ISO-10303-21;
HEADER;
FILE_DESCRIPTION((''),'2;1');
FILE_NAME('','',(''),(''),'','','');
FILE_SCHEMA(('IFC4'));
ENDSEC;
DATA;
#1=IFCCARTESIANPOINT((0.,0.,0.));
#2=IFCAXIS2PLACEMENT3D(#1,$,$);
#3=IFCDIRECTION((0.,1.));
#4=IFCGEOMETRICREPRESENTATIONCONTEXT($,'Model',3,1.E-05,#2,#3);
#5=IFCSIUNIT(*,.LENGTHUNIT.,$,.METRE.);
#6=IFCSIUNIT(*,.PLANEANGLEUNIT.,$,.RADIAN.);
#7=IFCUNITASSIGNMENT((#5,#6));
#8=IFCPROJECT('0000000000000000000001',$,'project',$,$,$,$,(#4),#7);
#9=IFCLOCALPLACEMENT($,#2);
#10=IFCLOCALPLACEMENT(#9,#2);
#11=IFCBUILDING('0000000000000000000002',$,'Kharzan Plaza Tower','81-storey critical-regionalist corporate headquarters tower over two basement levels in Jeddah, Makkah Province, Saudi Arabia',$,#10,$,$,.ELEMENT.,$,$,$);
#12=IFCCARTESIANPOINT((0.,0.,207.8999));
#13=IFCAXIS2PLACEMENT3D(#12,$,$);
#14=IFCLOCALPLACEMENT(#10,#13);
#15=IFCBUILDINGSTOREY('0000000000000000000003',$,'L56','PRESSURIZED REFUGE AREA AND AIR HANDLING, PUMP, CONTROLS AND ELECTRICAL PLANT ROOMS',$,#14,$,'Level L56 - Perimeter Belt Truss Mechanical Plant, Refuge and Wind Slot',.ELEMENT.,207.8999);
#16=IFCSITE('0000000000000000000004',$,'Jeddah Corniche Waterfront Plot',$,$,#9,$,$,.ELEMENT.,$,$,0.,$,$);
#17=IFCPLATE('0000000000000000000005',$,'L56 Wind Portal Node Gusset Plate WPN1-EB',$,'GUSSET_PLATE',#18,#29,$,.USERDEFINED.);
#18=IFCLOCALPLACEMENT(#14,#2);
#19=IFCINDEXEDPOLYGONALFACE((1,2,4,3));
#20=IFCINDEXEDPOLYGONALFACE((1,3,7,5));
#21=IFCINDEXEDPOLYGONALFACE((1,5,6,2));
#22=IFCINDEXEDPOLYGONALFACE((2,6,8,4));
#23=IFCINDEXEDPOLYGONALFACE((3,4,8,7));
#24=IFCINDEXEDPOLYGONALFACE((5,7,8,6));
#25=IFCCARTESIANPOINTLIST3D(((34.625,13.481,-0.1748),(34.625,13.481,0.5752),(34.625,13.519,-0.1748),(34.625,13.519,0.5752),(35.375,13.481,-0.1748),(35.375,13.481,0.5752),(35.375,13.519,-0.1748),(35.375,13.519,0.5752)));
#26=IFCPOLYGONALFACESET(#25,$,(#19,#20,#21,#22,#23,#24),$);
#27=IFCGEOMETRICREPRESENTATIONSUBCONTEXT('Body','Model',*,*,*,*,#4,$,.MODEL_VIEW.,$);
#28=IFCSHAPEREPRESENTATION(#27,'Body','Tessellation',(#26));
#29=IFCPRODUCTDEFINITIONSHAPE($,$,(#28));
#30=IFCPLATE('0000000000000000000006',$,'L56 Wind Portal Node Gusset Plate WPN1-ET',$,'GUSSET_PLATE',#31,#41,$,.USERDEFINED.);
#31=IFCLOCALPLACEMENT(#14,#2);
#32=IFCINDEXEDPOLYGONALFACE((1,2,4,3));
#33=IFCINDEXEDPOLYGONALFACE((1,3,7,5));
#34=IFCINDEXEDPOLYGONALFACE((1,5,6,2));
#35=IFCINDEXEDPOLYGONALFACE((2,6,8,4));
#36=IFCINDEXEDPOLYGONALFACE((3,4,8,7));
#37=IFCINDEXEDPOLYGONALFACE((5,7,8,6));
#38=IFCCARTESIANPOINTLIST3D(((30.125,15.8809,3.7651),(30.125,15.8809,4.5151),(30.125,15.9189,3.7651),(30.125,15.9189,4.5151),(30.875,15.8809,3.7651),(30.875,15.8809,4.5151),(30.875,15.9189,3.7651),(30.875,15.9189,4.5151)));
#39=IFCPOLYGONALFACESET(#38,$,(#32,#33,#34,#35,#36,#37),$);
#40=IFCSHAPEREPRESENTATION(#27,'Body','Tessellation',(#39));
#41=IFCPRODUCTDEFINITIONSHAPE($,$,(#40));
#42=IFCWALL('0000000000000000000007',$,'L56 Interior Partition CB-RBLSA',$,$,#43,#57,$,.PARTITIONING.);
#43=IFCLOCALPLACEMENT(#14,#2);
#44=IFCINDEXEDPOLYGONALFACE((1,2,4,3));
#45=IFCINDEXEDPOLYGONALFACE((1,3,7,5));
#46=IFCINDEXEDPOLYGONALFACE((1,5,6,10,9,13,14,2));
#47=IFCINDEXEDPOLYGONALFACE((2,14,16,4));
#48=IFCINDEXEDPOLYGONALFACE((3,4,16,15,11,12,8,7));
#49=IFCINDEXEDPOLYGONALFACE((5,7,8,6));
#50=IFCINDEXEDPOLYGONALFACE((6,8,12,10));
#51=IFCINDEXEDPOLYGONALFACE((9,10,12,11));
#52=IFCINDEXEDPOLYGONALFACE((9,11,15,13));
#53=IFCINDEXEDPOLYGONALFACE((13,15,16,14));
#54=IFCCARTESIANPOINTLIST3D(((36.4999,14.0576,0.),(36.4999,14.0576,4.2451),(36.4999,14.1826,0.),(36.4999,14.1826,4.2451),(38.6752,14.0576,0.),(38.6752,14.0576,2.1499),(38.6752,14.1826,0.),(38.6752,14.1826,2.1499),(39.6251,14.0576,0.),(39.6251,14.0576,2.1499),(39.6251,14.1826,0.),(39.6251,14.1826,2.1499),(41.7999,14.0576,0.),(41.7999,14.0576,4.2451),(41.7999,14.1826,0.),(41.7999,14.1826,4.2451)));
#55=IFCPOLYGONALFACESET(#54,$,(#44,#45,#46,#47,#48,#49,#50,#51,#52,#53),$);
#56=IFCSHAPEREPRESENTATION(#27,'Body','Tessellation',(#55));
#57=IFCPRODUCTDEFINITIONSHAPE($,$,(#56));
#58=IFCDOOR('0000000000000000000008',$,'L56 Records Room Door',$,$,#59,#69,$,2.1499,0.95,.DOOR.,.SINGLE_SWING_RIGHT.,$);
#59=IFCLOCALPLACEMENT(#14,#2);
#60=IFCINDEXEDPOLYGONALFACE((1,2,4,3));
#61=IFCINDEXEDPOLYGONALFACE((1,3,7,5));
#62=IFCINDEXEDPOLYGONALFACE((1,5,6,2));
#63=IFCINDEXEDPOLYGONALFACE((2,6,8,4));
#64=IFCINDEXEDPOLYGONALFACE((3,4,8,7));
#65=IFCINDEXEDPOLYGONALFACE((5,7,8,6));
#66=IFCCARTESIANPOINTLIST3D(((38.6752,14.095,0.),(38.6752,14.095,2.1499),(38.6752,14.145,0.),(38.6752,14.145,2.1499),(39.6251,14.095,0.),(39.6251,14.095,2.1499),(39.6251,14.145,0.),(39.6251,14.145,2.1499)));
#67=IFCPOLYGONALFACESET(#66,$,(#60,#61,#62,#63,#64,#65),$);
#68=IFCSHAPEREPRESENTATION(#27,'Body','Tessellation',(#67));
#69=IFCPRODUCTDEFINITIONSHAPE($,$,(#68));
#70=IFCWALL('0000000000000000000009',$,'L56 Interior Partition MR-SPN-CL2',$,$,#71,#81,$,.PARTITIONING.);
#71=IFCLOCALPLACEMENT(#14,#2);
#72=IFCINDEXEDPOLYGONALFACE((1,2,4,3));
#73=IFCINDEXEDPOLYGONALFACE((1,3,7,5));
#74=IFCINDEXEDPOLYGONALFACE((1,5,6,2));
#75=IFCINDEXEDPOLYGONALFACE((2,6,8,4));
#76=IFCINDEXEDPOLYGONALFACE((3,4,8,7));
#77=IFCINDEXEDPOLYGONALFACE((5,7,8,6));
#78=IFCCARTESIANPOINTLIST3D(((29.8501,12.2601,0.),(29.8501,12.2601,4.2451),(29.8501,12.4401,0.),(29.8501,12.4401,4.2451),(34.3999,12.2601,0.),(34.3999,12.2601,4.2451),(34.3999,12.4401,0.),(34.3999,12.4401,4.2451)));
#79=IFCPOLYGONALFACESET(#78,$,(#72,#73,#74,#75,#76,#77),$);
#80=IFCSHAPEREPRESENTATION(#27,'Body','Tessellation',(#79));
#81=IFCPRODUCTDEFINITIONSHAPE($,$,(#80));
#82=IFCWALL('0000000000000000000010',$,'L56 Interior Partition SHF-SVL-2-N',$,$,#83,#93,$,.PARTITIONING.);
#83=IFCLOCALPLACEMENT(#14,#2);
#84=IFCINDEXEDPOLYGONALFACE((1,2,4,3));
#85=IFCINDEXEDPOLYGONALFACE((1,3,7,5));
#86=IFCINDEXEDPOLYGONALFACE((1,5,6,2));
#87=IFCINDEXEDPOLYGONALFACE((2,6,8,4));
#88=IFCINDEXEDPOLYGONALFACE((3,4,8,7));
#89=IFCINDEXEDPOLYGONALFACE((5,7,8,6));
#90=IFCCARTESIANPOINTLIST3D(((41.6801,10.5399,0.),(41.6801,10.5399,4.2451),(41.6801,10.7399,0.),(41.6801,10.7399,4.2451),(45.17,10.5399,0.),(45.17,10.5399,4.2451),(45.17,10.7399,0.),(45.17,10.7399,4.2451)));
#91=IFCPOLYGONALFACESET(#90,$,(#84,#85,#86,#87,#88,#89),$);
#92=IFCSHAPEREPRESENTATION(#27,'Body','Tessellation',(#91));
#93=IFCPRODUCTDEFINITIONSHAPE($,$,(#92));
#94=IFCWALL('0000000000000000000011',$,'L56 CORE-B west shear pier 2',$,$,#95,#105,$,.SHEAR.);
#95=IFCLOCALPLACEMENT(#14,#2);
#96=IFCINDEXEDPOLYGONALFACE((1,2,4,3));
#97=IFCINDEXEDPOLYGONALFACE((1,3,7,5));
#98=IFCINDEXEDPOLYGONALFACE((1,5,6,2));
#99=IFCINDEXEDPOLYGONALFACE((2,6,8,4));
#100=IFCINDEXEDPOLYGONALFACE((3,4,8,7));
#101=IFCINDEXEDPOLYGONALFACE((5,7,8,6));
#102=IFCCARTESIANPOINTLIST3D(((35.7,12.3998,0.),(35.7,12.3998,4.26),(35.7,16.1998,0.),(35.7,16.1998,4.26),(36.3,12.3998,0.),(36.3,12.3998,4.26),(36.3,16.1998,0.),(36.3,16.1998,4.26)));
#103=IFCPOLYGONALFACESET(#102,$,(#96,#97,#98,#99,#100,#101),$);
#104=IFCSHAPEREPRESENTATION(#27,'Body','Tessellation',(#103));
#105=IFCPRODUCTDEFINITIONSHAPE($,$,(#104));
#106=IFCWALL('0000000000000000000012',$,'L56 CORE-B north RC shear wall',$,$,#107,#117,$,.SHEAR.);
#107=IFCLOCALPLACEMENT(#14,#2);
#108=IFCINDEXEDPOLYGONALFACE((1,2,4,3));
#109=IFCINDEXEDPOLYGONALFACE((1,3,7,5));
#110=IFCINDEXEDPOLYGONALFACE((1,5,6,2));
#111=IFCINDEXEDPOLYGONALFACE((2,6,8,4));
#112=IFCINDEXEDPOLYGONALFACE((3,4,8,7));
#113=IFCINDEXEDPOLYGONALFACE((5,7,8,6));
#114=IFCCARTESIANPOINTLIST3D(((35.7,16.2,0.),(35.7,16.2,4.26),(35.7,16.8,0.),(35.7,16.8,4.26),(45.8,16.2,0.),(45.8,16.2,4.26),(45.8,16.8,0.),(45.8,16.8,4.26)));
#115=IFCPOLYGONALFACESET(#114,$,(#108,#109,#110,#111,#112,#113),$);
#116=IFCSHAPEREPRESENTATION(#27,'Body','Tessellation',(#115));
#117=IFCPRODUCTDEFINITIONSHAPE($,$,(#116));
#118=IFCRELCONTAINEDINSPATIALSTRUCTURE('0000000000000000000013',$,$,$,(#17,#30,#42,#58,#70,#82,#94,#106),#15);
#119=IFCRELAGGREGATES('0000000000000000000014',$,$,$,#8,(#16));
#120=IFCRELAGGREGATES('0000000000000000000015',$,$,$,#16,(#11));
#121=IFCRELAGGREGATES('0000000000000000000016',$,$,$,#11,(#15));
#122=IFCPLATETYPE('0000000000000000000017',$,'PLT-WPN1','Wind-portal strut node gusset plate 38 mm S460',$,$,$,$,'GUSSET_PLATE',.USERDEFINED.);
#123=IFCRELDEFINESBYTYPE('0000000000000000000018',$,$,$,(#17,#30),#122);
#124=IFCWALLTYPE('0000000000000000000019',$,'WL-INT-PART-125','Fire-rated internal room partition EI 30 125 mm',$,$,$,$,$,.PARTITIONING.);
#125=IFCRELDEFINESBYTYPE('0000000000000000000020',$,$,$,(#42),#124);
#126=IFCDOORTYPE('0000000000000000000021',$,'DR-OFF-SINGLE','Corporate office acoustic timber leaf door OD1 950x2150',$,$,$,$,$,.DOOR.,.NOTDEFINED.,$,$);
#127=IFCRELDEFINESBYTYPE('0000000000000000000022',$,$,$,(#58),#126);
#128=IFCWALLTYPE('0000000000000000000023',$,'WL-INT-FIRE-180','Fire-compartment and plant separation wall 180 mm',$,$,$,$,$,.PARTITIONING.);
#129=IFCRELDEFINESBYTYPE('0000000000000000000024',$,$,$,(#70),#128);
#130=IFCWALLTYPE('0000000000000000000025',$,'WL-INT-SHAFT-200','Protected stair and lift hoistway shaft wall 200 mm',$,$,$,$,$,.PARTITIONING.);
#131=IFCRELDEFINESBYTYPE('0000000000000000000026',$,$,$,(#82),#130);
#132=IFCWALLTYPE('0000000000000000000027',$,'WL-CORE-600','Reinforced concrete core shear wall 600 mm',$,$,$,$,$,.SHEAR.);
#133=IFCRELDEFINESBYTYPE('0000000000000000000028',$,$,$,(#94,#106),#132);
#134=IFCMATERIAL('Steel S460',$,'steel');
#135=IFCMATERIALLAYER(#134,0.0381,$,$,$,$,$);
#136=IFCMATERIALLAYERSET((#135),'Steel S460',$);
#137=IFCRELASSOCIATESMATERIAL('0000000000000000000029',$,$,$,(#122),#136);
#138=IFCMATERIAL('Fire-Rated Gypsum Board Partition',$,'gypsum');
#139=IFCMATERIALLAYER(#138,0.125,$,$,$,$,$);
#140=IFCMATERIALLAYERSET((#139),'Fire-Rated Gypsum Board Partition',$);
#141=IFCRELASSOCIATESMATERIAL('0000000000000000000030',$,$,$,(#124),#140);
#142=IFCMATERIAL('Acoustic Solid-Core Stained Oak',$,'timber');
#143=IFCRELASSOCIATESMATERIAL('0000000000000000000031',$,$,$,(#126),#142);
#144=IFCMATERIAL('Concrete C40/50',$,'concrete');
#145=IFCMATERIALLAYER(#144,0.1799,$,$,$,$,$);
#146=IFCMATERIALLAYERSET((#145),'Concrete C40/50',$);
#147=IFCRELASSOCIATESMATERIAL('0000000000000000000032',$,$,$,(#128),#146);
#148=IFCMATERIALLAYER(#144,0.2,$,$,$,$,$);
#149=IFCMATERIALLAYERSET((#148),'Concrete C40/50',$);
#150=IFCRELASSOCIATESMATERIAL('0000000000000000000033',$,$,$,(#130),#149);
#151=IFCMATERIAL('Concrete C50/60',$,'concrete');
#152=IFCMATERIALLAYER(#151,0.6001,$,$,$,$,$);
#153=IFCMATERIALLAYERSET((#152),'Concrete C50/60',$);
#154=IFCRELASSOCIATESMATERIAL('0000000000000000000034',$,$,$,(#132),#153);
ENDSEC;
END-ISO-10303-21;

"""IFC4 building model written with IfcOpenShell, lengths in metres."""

from ifc_helpers import new_model, si_unit, direction, frame, frame_2d, origin, origin_2d, place, context, subcontext, project, spatial, rectangle, extrude, source, transform, mapped, material, layer, layer_set, type_object, element, fill, save


model = new_model("IFC4")

# Units and contexts
model_context = context("Model", 3, precision=1e-05, world=origin(), true_north=direction((0.0, 1.0)))
body_context = subcontext(model_context, "Body", "Model", "MODEL_VIEW")
ifc_project = project(units=[si_unit("LENGTHUNIT", "METRE"), si_unit("PLANEANGLEUNIT", "RADIAN")], contexts=[model_context])

# Site, building, storey
site_placement = place(None, origin())
site = spatial("IfcSite", under=ifc_project, at=site_placement, Name="Jeddah Corniche Waterfront Plot", CompositionType="ELEMENT", RefElevation=0.0)
building_placement = place(site_placement, origin())
building = spatial("IfcBuilding", under=site, at=building_placement, Name="Kharzan Plaza Tower", Description="81-storey critical-regionalist corporate headquarters tower over two basement levels in Jeddah, Makkah Province, Saudi Arabia", CompositionType="ELEMENT")
storey_placement = place(building_placement, frame((0.0, 0.0, 207.8999)))
storey = spatial("IfcBuildingStorey", under=building, at=storey_placement, Name="L56", Description="PRESSURIZED REFUGE AREA AND AIR HANDLING, PUMP, CONTROLS AND ELECTRICAL PLANT ROOMS", LongName="Level L56 - Perimeter Belt Truss Mechanical Plant, Refuge and Wind Slot", CompositionType="ELEMENT", Elevation=207.8999)

# Shared definitions
ifc_material_1 = material(Name="Concrete C50/60", Category="concrete")

# Plates
ifc_material_2 = material(Name="Steel S460", Category="steel")
ifc_layer_1 = layer(ifc_material_2, 0.0381)
ifc_layer_set_1 = layer_set([ifc_layer_1], Name="Steel S460")
plate_type = type_object("IfcPlateType", Name="PLT-WPN1", Description="Wind-portal strut node gusset plate 38 mm S460", ElementType="GUSSET_PLATE", PredefinedType="USERDEFINED", material=ifc_layer_set_1)
shared_shape_1 = source(origin(), body_context, "Body", "SweptSolid", [
    extrude(rectangle(XDim=0.75, YDim=0.0381, at=origin_2d()), origin(), (0.0, 0.0, 1.0), 0.75),
])
for number, where, z_axis, x_axis, name in (
    (1, (35.0, 13.5, -0.1748), (0.0, 0.0, 1.0), (1.0, 0.0, 0.0), "L56 Wind Portal Node Gusset Plate WPN1-EB"),
    (2, (30.5, 15.8999, 3.7651), (0.0, 0.0, 1.0), (1.0, 0.0, 0.0), "L56 Wind Portal Node Gusset Plate WPN1-ET"),
):
    element("IfcPlate", number, at=place(storey_placement, frame(where, z_axis=z_axis, x_axis=x_axis)), inside=storey, type_object=plate_type, Name=name, ObjectType="GUSSET_PLATE", PredefinedType="USERDEFINED", context=body_context, shape_type="MappedRepresentation", body=[
        mapped(shared_shape_1, transform((0.0, 0.0, 0.0), x_axis=(1.0, 0.0, 0.0), y_axis=(0.0, 1.0, 0.0), z_axis=(0.0, 0.0, 1.0))),
    ])

# Wall, opening, door
ifc_material_3 = material(Name="Fire-Rated Gypsum Board Partition", Category="gypsum")
ifc_layer_2 = layer(ifc_material_3, 0.125)
ifc_layer_set_2 = layer_set([ifc_layer_2], Name="Fire-Rated Gypsum Board Partition")
wall_type_1 = type_object("IfcWallType", Name="WL-INT-PART-125", Description="Fire-rated internal room partition EI 30 125 mm", PredefinedType="PARTITIONING", material=ifc_layer_set_2)
wall_1_placement = place(storey_placement, frame((36.5, 14.1201, 0.0), z_axis=(0.0, 0.0, 1.0), x_axis=(1.0, 0.0, 0.0)))
wall_1 = element("IfcWall", 3, at=wall_1_placement, inside=storey, type_object=wall_type_1, Name="L56 Interior Partition CB-RBLSA", PredefinedType="PARTITIONING", context=body_context, shape_type="SweptSolid", body=[
    extrude(rectangle(XDim=5.3, YDim=0.125, at=frame_2d((2.6499, 0.0))), origin(), (0.0, 0.0, 1.0), 4.2451),
])
opening_placement = place(wall_1_placement, frame((2.175, 0.0, 0.0)))
opening = element("IfcOpeningElement", 4, at=opening_placement, cuts=wall_1, PredefinedType="OPENING", context=body_context, shape_type="SweptSolid", body=[
    extrude(rectangle(XDim=0.95, YDim=2.1499, at=frame_2d((0.4751, 1.075))), frame((0.0, 0.0725, 0.0), z_axis=(0.0, -1.0, 0.0), x_axis=(1.0, 0.0, 0.0)), (0.0, 0.0, 1.0), 0.145),
])
ifc_material_4 = material(Name="Acoustic Solid-Core Stained Oak", Category="timber")
door_type = type_object("IfcDoorType", Name="DR-OFF-SINGLE", Description="Corporate office acoustic timber leaf door OD1 950x2150", OperationType="NOTDEFINED", PredefinedType="DOOR", material=ifc_material_4)
shared_shape_2 = source(origin(), body_context, "Body", "SweptSolid", [
    extrude(rectangle(XDim=0.95, YDim=2.1499, at=frame_2d((0.4751, 1.075))), frame((0.0, 0.0249, 0.0), z_axis=(0.0, -1.0, 0.0), x_axis=(1.0, 0.0, 0.0)), (0.0, 0.0, 1.0), 0.05),
])
door_placement = place(opening_placement, origin())
door = element("IfcDoor", 5, at=door_placement, inside=storey, type_object=door_type, Name="L56 Records Room Door", OperationType="SINGLE_SWING_RIGHT", OverallHeight=2.1499, OverallWidth=0.95, PredefinedType="DOOR", context=body_context, shape_type="MappedRepresentation", body=[
    mapped(shared_shape_2, transform((0.0, 0.0, 0.0), x_axis=(1.0, 0.0, 0.0), y_axis=(0.0, 1.0, 0.0), z_axis=(0.0, 0.0, 1.0))),
])
fill(opening, door)

# Walls
ifc_material_5 = material(Name="Concrete C40/50", Category="concrete")
ifc_layer_3 = layer(ifc_material_5, 0.1799)
ifc_layer_set_3 = layer_set([ifc_layer_3], Name="Concrete C40/50")
wall_type_2 = type_object("IfcWallType", Name="WL-INT-FIRE-180", Description="Fire-compartment and plant separation wall 180 mm", PredefinedType="PARTITIONING", material=ifc_layer_set_3)
shared_shape_3 = source(origin(), body_context, "Body", "SweptSolid", [
    extrude(rectangle(XDim=4.5498, YDim=0.1799, at=frame_2d((2.2749, 0.0))), origin(), (0.0, 0.0, 1.0), 4.2451),
])
wall_2_placement = place(storey_placement, frame((29.8501, 12.3501, 0.0), z_axis=(0.0, 0.0, 1.0), x_axis=(1.0, 0.0, 0.0)))
element("IfcWall", 6, at=wall_2_placement, inside=storey, type_object=wall_type_2, Name="L56 Interior Partition MR-SPN-CL2", PredefinedType="PARTITIONING", context=body_context, shape_type="MappedRepresentation", body=[
    mapped(shared_shape_3, transform((0.0, 0.0, 0.0), x_axis=(1.0, 0.0, 0.0), y_axis=(0.0, 1.0, 0.0), z_axis=(0.0, 0.0, 1.0))),
])
ifc_layer_4 = layer(ifc_material_5, 0.2)
ifc_layer_set_4 = layer_set([ifc_layer_4], Name="Concrete C40/50")
wall_type_3 = type_object("IfcWallType", Name="WL-INT-SHAFT-200", Description="Protected stair and lift hoistway shaft wall 200 mm", PredefinedType="PARTITIONING", material=ifc_layer_set_4)
shared_shape_4 = source(origin(), body_context, "Body", "SweptSolid", [
    extrude(rectangle(XDim=3.49, YDim=0.2, at=frame_2d((1.7451, 0.0))), origin(), (0.0, 0.0, 1.0), 4.2451),
])
wall_3_placement = place(storey_placement, frame((41.6799, 10.6399, 0.0), z_axis=(0.0, 0.0, 1.0), x_axis=(1.0, 0.0, 0.0)))
element("IfcWall", 7, at=wall_3_placement, inside=storey, type_object=wall_type_3, Name="L56 Interior Partition SHF-SVL-2-N", PredefinedType="PARTITIONING", context=body_context, shape_type="MappedRepresentation", body=[
    mapped(shared_shape_4, transform((0.0, 0.0, 0.0), x_axis=(1.0, 0.0, 0.0), y_axis=(0.0, 1.0, 0.0), z_axis=(0.0, 0.0, 1.0))),
])
ifc_layer_5 = layer(ifc_material_1, 0.6001)
ifc_layer_set_5 = layer_set([ifc_layer_5], Name="Concrete C50/60")
wall_type_4 = type_object("IfcWallType", Name="WL-CORE-600", Description="Reinforced concrete core shear wall 600 mm", PredefinedType="SHEAR", material=ifc_layer_set_5)
shared_shape_5 = source(origin(), body_context, "Body", "SweptSolid", [
    extrude(rectangle(XDim=3.8, YDim=0.6001, at=frame_2d((1.8999, 0.0))), origin(), (0.0, 0.0, 1.0), 4.26),
])
wall_4_placement = place(storey_placement, frame((36.0, 12.3999, 0.0), z_axis=(0.0, 0.0, 1.0), x_axis=(0.0, 1.0, 0.0)))
element("IfcWall", 8, at=wall_4_placement, inside=storey, type_object=wall_type_4, Name="L56 CORE-B west shear pier 2", PredefinedType="SHEAR", context=body_context, shape_type="MappedRepresentation", body=[
    mapped(shared_shape_5, transform((0.0, 0.0, 0.0), x_axis=(1.0, 0.0, 0.0), y_axis=(0.0, 1.0, 0.0), z_axis=(0.0, 0.0, 1.0))),
])
shared_shape_6 = source(origin(), body_context, "Body", "SweptSolid", [
    extrude(rectangle(XDim=10.1001, YDim=0.6001, at=frame_2d((5.05, 0.0))), origin(), (0.0, 0.0, 1.0), 4.26),
])
wall_5_placement = place(storey_placement, frame((35.7, 16.5, 0.0), z_axis=(0.0, 0.0, 1.0), x_axis=(1.0, 0.0, 0.0)))
element("IfcWall", 9, at=wall_5_placement, inside=storey, type_object=wall_type_4, Name="L56 CORE-B north RC shear wall", PredefinedType="SHEAR", context=body_context, shape_type="MappedRepresentation", body=[
    mapped(shared_shape_6, transform((0.0, 0.0, 0.0), x_axis=(1.0, 0.0, 0.0), y_axis=(0.0, 1.0, 0.0), z_axis=(0.0, 0.0, 1.0))),
])

save(model, "model.ifc")
